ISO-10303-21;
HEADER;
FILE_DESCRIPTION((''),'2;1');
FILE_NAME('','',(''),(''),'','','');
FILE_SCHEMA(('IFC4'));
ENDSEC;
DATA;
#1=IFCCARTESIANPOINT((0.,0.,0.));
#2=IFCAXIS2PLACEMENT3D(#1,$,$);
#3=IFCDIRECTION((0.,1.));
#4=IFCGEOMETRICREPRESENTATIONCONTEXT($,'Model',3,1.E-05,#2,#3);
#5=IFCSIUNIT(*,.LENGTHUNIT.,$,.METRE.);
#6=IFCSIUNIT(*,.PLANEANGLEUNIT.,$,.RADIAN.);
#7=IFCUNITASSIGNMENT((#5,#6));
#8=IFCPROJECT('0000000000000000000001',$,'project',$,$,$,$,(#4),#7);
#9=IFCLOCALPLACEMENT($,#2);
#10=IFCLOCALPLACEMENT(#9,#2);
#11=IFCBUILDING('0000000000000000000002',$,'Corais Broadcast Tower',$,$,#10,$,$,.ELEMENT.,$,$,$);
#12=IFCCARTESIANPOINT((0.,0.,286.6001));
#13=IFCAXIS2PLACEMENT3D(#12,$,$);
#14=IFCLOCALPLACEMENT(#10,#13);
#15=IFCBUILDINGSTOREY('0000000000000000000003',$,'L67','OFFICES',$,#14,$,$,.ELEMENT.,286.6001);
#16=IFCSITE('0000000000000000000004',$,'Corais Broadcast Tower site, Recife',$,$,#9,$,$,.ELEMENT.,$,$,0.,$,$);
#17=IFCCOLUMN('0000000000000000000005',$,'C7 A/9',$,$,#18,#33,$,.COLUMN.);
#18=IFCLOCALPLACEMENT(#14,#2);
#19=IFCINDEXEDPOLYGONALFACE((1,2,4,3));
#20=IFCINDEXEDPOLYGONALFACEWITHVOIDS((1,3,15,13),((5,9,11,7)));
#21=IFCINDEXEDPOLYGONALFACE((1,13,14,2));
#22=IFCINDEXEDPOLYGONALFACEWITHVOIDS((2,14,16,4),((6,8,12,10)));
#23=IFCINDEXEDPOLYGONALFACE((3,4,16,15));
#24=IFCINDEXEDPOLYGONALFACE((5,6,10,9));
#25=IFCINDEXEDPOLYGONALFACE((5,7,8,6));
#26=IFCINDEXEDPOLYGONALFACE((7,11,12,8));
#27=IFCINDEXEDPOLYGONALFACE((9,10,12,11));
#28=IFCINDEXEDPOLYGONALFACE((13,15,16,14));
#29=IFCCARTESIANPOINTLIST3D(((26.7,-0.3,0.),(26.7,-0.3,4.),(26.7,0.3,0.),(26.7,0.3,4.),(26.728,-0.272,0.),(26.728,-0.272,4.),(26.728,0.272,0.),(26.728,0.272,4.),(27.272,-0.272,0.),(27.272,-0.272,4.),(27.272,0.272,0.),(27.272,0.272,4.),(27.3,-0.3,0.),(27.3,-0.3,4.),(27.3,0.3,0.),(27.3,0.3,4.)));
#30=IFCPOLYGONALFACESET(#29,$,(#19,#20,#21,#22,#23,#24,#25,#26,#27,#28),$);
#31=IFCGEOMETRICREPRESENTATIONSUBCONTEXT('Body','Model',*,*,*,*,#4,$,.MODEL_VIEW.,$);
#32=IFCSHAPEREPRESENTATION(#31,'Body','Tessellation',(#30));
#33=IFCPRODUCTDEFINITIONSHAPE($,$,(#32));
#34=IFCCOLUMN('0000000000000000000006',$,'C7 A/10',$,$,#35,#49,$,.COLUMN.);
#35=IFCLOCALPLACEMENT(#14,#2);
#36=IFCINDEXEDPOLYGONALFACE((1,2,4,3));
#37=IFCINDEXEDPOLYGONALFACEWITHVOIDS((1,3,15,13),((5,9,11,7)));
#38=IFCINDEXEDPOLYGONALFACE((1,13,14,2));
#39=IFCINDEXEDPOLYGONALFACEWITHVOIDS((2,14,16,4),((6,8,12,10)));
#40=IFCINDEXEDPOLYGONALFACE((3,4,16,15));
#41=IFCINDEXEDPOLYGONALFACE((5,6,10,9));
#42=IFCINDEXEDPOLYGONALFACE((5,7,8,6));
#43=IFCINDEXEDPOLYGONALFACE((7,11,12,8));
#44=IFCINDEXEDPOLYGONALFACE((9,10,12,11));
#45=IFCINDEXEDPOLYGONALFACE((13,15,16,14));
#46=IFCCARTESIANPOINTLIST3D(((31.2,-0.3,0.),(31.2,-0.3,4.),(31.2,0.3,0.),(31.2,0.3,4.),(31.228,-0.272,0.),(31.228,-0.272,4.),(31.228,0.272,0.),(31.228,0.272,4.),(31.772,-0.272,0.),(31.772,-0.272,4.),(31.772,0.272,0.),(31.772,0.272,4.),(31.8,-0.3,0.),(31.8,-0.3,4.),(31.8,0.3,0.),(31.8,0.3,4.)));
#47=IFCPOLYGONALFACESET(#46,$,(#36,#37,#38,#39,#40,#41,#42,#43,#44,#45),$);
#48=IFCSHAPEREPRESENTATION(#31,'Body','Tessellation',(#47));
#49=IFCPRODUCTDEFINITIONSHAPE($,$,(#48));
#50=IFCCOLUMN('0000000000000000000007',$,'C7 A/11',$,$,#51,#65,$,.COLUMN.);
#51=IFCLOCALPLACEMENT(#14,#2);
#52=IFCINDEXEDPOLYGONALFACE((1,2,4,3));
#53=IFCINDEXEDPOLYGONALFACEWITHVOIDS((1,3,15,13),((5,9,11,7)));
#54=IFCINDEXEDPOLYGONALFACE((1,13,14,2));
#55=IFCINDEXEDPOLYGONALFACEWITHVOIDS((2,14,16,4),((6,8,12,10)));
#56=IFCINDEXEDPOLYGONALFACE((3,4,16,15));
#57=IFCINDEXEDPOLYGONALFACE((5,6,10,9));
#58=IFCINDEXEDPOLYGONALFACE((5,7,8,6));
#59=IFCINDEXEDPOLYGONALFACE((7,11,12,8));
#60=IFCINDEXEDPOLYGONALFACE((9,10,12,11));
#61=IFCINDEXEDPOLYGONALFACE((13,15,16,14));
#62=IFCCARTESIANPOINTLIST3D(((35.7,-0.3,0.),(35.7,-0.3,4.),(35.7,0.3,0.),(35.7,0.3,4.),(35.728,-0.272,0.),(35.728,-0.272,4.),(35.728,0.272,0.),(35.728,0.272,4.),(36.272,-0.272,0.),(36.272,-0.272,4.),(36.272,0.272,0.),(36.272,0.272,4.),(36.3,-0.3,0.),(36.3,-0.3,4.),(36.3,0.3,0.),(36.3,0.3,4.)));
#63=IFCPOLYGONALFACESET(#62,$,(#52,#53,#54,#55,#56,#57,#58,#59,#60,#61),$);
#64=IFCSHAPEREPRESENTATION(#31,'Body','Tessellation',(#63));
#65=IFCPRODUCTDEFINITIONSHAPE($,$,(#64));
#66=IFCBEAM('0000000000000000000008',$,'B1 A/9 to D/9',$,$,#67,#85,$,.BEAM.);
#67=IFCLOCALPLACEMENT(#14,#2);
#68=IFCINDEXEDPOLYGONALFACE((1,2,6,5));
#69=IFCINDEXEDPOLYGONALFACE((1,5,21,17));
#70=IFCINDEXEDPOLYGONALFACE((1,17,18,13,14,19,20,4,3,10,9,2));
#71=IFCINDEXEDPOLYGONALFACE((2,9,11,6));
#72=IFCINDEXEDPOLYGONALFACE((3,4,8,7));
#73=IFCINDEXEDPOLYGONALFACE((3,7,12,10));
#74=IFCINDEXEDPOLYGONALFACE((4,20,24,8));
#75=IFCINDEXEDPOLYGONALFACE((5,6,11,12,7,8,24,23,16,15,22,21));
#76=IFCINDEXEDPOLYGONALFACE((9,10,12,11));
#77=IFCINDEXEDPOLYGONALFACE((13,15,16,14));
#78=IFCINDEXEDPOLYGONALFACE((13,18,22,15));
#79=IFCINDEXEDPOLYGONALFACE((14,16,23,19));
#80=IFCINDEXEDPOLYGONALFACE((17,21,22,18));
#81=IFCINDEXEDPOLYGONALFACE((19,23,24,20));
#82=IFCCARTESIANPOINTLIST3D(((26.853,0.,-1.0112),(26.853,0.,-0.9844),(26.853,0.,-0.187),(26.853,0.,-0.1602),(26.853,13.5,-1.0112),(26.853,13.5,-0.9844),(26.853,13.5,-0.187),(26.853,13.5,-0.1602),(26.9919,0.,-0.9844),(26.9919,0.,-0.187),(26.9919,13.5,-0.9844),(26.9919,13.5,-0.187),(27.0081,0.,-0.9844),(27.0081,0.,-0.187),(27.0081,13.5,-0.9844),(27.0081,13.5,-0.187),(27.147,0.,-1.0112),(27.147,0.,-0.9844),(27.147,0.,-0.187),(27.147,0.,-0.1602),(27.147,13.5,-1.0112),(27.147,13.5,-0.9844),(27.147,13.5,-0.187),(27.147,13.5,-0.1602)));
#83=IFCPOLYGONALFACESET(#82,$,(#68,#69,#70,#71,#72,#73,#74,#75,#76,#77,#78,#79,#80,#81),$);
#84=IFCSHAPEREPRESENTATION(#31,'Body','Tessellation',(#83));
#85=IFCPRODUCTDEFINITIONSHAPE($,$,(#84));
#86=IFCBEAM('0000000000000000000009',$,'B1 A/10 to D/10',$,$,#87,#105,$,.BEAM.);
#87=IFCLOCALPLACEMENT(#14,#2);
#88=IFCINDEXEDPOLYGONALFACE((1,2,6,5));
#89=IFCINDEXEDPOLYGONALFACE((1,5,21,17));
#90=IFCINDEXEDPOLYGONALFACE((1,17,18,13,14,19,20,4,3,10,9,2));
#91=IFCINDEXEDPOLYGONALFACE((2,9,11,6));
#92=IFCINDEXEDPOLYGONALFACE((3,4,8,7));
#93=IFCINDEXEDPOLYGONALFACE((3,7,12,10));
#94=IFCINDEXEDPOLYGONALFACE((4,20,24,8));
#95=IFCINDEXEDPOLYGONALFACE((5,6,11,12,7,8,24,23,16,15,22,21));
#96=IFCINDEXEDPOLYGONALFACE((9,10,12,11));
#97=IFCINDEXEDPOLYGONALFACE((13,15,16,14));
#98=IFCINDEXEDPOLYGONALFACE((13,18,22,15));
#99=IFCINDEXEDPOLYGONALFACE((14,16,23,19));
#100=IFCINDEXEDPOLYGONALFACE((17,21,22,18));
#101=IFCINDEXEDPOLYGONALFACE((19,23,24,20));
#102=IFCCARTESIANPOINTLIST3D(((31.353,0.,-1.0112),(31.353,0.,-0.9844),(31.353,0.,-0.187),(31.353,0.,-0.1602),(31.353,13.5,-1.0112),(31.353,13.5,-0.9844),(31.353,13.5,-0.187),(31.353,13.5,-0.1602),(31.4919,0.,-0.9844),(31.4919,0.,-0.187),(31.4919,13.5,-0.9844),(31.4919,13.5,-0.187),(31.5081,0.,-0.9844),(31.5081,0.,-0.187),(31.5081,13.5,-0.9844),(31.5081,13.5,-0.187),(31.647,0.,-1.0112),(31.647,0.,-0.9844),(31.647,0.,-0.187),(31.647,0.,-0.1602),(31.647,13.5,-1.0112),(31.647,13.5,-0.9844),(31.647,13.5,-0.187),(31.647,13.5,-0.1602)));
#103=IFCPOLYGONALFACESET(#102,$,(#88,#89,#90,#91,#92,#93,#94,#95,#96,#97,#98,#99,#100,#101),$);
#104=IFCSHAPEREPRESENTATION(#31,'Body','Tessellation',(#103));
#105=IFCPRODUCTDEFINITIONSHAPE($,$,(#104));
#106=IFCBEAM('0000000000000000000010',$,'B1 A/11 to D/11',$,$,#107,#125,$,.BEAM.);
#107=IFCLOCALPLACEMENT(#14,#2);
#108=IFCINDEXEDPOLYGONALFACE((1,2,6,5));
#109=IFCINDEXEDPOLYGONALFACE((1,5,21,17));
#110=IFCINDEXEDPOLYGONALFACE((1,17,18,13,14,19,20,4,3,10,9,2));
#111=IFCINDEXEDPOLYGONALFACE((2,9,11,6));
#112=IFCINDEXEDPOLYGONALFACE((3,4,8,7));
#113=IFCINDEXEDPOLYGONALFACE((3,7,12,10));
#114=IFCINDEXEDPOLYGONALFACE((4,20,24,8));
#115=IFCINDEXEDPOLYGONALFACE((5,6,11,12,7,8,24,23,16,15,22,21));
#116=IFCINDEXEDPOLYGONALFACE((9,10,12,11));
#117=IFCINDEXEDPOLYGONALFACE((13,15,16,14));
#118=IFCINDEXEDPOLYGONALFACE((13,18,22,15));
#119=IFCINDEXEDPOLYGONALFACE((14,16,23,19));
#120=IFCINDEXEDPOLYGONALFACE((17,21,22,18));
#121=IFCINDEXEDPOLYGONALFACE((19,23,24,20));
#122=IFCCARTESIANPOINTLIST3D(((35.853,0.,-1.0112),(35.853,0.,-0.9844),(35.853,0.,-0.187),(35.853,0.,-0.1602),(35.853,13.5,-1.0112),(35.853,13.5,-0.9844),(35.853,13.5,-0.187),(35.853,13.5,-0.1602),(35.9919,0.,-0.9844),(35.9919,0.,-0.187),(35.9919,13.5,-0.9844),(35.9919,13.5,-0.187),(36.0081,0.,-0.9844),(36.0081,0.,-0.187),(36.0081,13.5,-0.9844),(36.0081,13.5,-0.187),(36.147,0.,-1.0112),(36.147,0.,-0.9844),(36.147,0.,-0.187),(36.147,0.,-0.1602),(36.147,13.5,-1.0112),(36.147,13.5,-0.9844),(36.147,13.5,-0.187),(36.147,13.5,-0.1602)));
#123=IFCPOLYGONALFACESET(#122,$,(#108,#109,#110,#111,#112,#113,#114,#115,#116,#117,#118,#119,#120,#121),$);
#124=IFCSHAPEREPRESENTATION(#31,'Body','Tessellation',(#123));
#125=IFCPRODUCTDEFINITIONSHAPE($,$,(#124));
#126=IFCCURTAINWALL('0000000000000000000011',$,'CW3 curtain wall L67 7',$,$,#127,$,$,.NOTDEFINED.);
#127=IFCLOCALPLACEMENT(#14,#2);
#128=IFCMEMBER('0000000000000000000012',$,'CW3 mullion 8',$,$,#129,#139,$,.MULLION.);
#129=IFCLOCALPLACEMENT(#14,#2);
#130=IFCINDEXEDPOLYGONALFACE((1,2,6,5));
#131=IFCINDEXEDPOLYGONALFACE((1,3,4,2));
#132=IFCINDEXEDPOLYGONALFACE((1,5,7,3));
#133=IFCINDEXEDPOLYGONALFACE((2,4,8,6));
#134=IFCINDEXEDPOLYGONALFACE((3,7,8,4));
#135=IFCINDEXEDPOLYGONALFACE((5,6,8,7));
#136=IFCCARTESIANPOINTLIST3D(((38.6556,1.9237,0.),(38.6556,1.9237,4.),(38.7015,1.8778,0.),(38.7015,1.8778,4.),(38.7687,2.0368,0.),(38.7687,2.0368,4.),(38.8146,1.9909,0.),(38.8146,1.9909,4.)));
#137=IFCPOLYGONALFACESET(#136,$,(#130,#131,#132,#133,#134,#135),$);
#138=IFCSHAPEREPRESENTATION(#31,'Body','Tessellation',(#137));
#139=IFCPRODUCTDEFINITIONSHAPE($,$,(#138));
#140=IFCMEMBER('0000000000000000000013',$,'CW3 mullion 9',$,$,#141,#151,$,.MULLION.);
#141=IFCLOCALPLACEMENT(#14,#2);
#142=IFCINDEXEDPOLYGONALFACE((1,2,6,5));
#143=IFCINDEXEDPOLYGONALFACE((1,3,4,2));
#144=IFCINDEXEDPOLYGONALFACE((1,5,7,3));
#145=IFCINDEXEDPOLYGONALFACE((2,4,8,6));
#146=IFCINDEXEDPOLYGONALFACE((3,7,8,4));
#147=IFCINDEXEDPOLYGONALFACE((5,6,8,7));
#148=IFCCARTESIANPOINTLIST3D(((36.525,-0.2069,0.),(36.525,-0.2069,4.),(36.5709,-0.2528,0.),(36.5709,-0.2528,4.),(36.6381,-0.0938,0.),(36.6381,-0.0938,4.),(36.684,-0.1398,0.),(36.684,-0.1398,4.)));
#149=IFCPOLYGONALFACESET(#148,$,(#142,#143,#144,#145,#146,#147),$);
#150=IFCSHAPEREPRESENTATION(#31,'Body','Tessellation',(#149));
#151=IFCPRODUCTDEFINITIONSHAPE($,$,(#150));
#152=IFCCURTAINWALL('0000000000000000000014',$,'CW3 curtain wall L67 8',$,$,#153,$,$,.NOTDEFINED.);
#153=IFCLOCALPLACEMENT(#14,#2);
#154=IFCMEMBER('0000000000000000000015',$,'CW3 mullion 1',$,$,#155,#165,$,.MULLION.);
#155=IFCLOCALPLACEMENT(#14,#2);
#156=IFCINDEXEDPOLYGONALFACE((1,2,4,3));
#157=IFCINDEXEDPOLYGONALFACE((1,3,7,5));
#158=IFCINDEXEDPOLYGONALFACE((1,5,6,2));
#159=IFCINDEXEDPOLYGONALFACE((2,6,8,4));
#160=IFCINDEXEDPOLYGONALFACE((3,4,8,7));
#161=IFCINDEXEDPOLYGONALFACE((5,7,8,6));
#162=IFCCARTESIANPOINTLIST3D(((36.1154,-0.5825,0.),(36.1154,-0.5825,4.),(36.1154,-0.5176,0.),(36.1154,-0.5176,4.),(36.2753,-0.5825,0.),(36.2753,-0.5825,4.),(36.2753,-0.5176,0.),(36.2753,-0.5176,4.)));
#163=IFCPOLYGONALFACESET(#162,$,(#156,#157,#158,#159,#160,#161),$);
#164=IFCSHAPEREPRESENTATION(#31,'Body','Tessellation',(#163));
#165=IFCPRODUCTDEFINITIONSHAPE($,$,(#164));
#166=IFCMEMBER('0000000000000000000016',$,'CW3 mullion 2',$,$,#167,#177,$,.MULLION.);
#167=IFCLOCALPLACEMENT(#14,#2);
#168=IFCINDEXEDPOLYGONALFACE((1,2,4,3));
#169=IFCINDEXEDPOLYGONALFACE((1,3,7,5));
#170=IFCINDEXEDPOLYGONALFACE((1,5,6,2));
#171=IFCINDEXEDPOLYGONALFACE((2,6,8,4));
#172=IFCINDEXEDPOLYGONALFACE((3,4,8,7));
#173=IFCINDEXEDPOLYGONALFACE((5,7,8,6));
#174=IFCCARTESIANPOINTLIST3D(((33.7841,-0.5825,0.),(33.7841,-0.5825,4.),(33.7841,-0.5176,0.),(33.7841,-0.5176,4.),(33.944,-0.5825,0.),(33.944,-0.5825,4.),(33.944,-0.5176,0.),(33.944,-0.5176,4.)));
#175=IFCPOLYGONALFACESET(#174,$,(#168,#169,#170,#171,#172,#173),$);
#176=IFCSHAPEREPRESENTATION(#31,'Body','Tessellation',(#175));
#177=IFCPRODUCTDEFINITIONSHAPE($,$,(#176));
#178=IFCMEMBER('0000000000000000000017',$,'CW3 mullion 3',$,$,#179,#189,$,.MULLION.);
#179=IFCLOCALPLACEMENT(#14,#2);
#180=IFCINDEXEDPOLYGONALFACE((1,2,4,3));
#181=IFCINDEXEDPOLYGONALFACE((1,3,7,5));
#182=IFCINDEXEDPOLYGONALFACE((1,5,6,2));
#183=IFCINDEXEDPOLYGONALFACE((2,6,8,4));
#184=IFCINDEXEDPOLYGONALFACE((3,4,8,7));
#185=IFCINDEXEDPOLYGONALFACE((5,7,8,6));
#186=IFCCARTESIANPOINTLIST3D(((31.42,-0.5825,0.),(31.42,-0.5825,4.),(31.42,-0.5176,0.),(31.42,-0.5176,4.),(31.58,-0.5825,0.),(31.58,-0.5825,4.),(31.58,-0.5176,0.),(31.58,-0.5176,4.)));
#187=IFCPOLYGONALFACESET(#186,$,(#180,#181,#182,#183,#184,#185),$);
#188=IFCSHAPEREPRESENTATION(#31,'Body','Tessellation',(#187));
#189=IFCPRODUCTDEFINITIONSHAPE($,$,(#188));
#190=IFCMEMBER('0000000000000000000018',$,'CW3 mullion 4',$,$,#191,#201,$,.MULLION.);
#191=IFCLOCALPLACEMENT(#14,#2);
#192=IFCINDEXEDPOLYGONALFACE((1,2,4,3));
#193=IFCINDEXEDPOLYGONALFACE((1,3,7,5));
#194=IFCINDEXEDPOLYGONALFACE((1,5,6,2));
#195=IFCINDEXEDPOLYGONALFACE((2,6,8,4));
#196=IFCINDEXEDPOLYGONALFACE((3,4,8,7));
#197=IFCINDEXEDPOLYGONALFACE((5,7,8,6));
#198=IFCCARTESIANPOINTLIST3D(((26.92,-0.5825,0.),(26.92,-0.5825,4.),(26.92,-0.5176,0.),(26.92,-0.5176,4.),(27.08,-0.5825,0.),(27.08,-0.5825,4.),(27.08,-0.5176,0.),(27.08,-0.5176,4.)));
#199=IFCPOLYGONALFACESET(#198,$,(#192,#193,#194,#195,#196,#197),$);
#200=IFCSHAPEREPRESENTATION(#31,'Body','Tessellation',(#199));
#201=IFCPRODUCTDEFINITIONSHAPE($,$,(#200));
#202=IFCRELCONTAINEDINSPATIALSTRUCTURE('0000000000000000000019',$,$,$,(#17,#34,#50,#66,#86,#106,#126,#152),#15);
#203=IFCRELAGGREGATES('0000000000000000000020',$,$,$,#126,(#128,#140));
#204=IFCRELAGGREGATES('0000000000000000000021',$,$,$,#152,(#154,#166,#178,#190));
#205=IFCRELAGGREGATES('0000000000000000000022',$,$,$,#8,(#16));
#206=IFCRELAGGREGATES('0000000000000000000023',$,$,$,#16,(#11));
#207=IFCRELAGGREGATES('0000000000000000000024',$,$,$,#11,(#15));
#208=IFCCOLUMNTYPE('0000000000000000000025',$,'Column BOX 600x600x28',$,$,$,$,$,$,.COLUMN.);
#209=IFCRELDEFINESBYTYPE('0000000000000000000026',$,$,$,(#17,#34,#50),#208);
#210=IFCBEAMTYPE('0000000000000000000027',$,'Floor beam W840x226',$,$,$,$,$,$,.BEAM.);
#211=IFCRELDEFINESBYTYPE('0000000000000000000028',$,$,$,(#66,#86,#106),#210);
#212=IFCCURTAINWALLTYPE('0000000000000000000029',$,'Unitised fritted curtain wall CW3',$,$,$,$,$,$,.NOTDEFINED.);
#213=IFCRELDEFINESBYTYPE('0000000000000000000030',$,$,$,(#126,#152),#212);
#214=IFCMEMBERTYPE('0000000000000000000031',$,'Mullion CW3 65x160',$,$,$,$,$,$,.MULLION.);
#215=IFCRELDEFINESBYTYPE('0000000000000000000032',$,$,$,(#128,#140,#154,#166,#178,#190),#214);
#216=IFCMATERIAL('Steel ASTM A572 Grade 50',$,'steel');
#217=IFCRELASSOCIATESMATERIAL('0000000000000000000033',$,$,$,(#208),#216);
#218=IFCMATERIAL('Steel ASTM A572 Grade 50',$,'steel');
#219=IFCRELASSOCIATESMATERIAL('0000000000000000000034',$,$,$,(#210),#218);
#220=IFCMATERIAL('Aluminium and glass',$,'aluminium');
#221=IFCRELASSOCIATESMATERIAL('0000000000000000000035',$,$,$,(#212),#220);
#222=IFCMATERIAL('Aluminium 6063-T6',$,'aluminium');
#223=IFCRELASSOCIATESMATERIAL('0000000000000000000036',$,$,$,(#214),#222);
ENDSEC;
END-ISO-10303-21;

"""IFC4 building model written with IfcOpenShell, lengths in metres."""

from ifc_helpers import new_model, si_unit, direction, frame, origin, origin_2d, place, context, subcontext, project, spatial, rectangle, hollow_rectangle, i_section, extrude, material, material_profile, profile_set, type_object, element, aggregate, save


model = new_model("IFC4")

# Units and contexts
model_context = context("Model", 3, precision=1e-05, world=origin(), true_north=direction((0.0, 1.0)))
body_context = subcontext(model_context, "Body", "Model", "MODEL_VIEW")
ifc_project = project(units=[si_unit("LENGTHUNIT", "METRE"), si_unit("PLANEANGLEUNIT", "RADIAN")], contexts=[model_context])

# Site, building, storey
site_placement = place(None, origin())
site = spatial("IfcSite", under=ifc_project, at=site_placement, Name="Corais Broadcast Tower site, Recife", CompositionType="ELEMENT", RefElevation=0.0)
building_placement = place(site_placement, origin())
building = spatial("IfcBuilding", under=site, at=building_placement, Name="Corais Broadcast Tower", CompositionType="ELEMENT")
storey_placement = place(building_placement, frame((0.0, 0.0, 286.6001)))
storey = spatial("IfcBuildingStorey", under=building, at=storey_placement, Name="L67", Description="OFFICES", CompositionType="ELEMENT", Elevation=286.6001)

# Columns
ifc_material_1 = material(Name="Steel ASTM A572 Grade 50", Category="steel")
ifc_material_profile_1 = material_profile(ifc_material_1, hollow_rectangle(XDim=0.6001, YDim=0.6001, WallThickness=0.0281, at=origin_2d()), Name="BOX 600x600x28")
ifc_profile_set_1 = profile_set([ifc_material_profile_1], Name="Steel ASTM A572 Grade 50")
column_type = type_object("IfcColumnType", Name="Column BOX 600x600x28", PredefinedType="COLUMN", material=ifc_profile_set_1)
for number, where, z_axis, x_axis, name in (
    (1, (27.0, 0.0, 0.0), (0.0, 0.0, 1.0), (1.0, 0.0, 0.0), "C7 A/9"),
    (2, (31.5, 0.0, 0.0), (0.0, 0.0, 1.0), (1.0, 0.0, 0.0), "C7 A/10"),
    (3, (36.0, 0.0, 0.0), (0.0, 0.0, 1.0), (1.0, 0.0, 0.0), "C7 A/11"),
):
    element("IfcColumn", number, at=place(storey_placement, frame(where, z_axis=z_axis, x_axis=x_axis)), inside=storey, type_object=column_type, Name=name, PredefinedType="COLUMN", context=body_context, shape_type="SweptSolid", body=[
        extrude(hollow_rectangle(XDim=0.6001, YDim=0.6001, WallThickness=0.0281, at=origin_2d()), origin(), (0.0, 0.0, 1.0), 4.0),
    ])

# Beams
ifc_material_2 = material(Name="Steel ASTM A572 Grade 50", Category="steel")
ifc_material_profile_2 = material_profile(ifc_material_2, i_section(OverallWidth=0.2939, OverallDepth=0.8511, WebThickness=0.0161, FlangeThickness=0.0269, at=origin_2d()), Name="W840x226")
ifc_profile_set_2 = profile_set([ifc_material_profile_2], Name="Steel ASTM A572 Grade 50")
beam_type_1 = type_object("IfcBeamType", Name="Floor beam W840x226", PredefinedType="BEAM", material=ifc_profile_set_2)
for number, where, z_axis, x_axis, name in (
    (4, (27.0, 0.0, -0.5857), (0.0, 1.0, 0.0), (-1.0, 0.0, 0.0), "B1 A/9 to D/9"),
    (5, (31.5, 0.0, -0.5857), (0.0, 1.0, 0.0), (-1.0, 0.0, 0.0), "B1 A/10 to D/10"),
    (6, (36.0, 0.0, -0.5857), (0.0, 1.0, 0.0), (-1.0, 0.0, 0.0), "B1 A/11 to D/11"),
):
    element("IfcBeam", number, at=place(storey_placement, frame(where, z_axis=z_axis, x_axis=x_axis)), inside=storey, type_object=beam_type_1, Name=name, PredefinedType="BEAM", context=body_context, shape_type="SweptSolid", body=[
        extrude(i_section(OverallWidth=0.2939, OverallDepth=0.8511, WebThickness=0.0161, FlangeThickness=0.0269, at=origin_2d()), origin(), (0.0, 0.0, 1.0), 13.5),
    ])

# Curtain walls, members
ifc_material_3 = material(Name="Aluminium and glass", Category="aluminium")
curtain_wall_type = type_object("IfcCurtainWallType", Name="Unitised fritted curtain wall CW3", PredefinedType="NOTDEFINED", material=ifc_material_3)
curtain_wall_1_placement = place(storey_placement, origin())
curtain_wall_1 = element("IfcCurtainWall", 7, at=curtain_wall_1_placement, inside=storey, type_object=curtain_wall_type, Name="CW3 curtain wall L67 7", PredefinedType="NOTDEFINED")
ifc_material_4 = material(Name="Aluminium 6063-T6", Category="aluminium")
ifc_material_profile_3 = material_profile(ifc_material_4, rectangle(XDim=0.0649, YDim=0.1599, at=origin_2d()), Name="Mullion CW3 65x160")
ifc_profile_set_3 = profile_set([ifc_material_profile_3], Name="Aluminium 6063-T6")
member_type_1 = type_object("IfcMemberType", Name="Mullion CW3 65x160", PredefinedType="MULLION", material=ifc_profile_set_3)
member_1_placement = place(storey_placement, frame((38.7351, 1.9573, 0.0), z_axis=(0.0, 0.0, 1.0), x_axis=(0.707107, -0.707107, 0.0)))
member_1 = element("IfcMember", 8, at=member_1_placement, type_object=member_type_1, Name="CW3 mullion 8", PredefinedType="MULLION", context=body_context, shape_type="SweptSolid", body=[
    extrude(rectangle(XDim=0.0649, YDim=0.1599, at=origin_2d()), origin(), (0.0, 0.0, 1.0), 4.0),
])
member_2_placement = place(storey_placement, frame((36.6045, -0.1733, 0.0), z_axis=(0.0, 0.0, 1.0), x_axis=(0.707107, -0.707107, 0.0)))
member_2 = element("IfcMember", 9, at=member_2_placement, type_object=member_type_1, Name="CW3 mullion 9", PredefinedType="MULLION", context=body_context, shape_type="SweptSolid", body=[
    extrude(rectangle(XDim=0.0649, YDim=0.1599, at=origin_2d()), origin(), (0.0, 0.0, 1.0), 4.0),
])
curtain_wall_2_placement = place(storey_placement, origin())
curtain_wall_2 = element("IfcCurtainWall", 10, at=curtain_wall_2_placement, inside=storey, type_object=curtain_wall_type, Name="CW3 curtain wall L67 8", PredefinedType="NOTDEFINED")
member_3_placement = place(storey_placement, frame((36.1953, -0.55, 0.0), z_axis=(0.0, 0.0, 1.0), x_axis=(0.0, -1.0, 0.0)))
member_3 = element("IfcMember", 11, at=member_3_placement, type_object=member_type_1, Name="CW3 mullion 1", PredefinedType="MULLION", context=body_context, shape_type="SweptSolid", body=[
    extrude(rectangle(XDim=0.0649, YDim=0.1599, at=origin_2d()), origin(), (0.0, 0.0, 1.0), 4.0),
])
member_4_placement = place(storey_placement, frame((33.864, -0.55, 0.0), z_axis=(0.0, 0.0, 1.0), x_axis=(0.0, -1.0, 0.0)))
member_4 = element("IfcMember", 12, at=member_4_placement, type_object=member_type_1, Name="CW3 mullion 2", PredefinedType="MULLION", context=body_context, shape_type="SweptSolid", body=[
    extrude(rectangle(XDim=0.0649, YDim=0.1599, at=origin_2d()), origin(), (0.0, 0.0, 1.0), 4.0),
])
member_5_placement = place(storey_placement, frame((31.5, -0.55, 0.0), z_axis=(0.0, 0.0, 1.0), x_axis=(0.0, -1.0, 0.0)))
member_5 = element("IfcMember", 13, at=member_5_placement, type_object=member_type_1, Name="CW3 mullion 3", PredefinedType="MULLION", context=body_context, shape_type="SweptSolid", body=[
    extrude(rectangle(XDim=0.0649, YDim=0.1599, at=origin_2d()), origin(), (0.0, 0.0, 1.0), 4.0),
])
member_6_placement = place(storey_placement, frame((27.0, -0.55, 0.0), z_axis=(0.0, 0.0, 1.0), x_axis=(0.0, -1.0, 0.0)))
member_6 = element("IfcMember", 14, at=member_6_placement, type_object=member_type_1, Name="CW3 mullion 4", PredefinedType="MULLION", context=body_context, shape_type="SweptSolid", body=[
    extrude(rectangle(XDim=0.0649, YDim=0.1599, at=origin_2d()), origin(), (0.0, 0.0, 1.0), 4.0),
])

aggregate(curtain_wall_1, [member_1, member_2])
aggregate(curtain_wall_2, [member_3, member_4, member_5, member_6])

save(model, "model.ifc")
